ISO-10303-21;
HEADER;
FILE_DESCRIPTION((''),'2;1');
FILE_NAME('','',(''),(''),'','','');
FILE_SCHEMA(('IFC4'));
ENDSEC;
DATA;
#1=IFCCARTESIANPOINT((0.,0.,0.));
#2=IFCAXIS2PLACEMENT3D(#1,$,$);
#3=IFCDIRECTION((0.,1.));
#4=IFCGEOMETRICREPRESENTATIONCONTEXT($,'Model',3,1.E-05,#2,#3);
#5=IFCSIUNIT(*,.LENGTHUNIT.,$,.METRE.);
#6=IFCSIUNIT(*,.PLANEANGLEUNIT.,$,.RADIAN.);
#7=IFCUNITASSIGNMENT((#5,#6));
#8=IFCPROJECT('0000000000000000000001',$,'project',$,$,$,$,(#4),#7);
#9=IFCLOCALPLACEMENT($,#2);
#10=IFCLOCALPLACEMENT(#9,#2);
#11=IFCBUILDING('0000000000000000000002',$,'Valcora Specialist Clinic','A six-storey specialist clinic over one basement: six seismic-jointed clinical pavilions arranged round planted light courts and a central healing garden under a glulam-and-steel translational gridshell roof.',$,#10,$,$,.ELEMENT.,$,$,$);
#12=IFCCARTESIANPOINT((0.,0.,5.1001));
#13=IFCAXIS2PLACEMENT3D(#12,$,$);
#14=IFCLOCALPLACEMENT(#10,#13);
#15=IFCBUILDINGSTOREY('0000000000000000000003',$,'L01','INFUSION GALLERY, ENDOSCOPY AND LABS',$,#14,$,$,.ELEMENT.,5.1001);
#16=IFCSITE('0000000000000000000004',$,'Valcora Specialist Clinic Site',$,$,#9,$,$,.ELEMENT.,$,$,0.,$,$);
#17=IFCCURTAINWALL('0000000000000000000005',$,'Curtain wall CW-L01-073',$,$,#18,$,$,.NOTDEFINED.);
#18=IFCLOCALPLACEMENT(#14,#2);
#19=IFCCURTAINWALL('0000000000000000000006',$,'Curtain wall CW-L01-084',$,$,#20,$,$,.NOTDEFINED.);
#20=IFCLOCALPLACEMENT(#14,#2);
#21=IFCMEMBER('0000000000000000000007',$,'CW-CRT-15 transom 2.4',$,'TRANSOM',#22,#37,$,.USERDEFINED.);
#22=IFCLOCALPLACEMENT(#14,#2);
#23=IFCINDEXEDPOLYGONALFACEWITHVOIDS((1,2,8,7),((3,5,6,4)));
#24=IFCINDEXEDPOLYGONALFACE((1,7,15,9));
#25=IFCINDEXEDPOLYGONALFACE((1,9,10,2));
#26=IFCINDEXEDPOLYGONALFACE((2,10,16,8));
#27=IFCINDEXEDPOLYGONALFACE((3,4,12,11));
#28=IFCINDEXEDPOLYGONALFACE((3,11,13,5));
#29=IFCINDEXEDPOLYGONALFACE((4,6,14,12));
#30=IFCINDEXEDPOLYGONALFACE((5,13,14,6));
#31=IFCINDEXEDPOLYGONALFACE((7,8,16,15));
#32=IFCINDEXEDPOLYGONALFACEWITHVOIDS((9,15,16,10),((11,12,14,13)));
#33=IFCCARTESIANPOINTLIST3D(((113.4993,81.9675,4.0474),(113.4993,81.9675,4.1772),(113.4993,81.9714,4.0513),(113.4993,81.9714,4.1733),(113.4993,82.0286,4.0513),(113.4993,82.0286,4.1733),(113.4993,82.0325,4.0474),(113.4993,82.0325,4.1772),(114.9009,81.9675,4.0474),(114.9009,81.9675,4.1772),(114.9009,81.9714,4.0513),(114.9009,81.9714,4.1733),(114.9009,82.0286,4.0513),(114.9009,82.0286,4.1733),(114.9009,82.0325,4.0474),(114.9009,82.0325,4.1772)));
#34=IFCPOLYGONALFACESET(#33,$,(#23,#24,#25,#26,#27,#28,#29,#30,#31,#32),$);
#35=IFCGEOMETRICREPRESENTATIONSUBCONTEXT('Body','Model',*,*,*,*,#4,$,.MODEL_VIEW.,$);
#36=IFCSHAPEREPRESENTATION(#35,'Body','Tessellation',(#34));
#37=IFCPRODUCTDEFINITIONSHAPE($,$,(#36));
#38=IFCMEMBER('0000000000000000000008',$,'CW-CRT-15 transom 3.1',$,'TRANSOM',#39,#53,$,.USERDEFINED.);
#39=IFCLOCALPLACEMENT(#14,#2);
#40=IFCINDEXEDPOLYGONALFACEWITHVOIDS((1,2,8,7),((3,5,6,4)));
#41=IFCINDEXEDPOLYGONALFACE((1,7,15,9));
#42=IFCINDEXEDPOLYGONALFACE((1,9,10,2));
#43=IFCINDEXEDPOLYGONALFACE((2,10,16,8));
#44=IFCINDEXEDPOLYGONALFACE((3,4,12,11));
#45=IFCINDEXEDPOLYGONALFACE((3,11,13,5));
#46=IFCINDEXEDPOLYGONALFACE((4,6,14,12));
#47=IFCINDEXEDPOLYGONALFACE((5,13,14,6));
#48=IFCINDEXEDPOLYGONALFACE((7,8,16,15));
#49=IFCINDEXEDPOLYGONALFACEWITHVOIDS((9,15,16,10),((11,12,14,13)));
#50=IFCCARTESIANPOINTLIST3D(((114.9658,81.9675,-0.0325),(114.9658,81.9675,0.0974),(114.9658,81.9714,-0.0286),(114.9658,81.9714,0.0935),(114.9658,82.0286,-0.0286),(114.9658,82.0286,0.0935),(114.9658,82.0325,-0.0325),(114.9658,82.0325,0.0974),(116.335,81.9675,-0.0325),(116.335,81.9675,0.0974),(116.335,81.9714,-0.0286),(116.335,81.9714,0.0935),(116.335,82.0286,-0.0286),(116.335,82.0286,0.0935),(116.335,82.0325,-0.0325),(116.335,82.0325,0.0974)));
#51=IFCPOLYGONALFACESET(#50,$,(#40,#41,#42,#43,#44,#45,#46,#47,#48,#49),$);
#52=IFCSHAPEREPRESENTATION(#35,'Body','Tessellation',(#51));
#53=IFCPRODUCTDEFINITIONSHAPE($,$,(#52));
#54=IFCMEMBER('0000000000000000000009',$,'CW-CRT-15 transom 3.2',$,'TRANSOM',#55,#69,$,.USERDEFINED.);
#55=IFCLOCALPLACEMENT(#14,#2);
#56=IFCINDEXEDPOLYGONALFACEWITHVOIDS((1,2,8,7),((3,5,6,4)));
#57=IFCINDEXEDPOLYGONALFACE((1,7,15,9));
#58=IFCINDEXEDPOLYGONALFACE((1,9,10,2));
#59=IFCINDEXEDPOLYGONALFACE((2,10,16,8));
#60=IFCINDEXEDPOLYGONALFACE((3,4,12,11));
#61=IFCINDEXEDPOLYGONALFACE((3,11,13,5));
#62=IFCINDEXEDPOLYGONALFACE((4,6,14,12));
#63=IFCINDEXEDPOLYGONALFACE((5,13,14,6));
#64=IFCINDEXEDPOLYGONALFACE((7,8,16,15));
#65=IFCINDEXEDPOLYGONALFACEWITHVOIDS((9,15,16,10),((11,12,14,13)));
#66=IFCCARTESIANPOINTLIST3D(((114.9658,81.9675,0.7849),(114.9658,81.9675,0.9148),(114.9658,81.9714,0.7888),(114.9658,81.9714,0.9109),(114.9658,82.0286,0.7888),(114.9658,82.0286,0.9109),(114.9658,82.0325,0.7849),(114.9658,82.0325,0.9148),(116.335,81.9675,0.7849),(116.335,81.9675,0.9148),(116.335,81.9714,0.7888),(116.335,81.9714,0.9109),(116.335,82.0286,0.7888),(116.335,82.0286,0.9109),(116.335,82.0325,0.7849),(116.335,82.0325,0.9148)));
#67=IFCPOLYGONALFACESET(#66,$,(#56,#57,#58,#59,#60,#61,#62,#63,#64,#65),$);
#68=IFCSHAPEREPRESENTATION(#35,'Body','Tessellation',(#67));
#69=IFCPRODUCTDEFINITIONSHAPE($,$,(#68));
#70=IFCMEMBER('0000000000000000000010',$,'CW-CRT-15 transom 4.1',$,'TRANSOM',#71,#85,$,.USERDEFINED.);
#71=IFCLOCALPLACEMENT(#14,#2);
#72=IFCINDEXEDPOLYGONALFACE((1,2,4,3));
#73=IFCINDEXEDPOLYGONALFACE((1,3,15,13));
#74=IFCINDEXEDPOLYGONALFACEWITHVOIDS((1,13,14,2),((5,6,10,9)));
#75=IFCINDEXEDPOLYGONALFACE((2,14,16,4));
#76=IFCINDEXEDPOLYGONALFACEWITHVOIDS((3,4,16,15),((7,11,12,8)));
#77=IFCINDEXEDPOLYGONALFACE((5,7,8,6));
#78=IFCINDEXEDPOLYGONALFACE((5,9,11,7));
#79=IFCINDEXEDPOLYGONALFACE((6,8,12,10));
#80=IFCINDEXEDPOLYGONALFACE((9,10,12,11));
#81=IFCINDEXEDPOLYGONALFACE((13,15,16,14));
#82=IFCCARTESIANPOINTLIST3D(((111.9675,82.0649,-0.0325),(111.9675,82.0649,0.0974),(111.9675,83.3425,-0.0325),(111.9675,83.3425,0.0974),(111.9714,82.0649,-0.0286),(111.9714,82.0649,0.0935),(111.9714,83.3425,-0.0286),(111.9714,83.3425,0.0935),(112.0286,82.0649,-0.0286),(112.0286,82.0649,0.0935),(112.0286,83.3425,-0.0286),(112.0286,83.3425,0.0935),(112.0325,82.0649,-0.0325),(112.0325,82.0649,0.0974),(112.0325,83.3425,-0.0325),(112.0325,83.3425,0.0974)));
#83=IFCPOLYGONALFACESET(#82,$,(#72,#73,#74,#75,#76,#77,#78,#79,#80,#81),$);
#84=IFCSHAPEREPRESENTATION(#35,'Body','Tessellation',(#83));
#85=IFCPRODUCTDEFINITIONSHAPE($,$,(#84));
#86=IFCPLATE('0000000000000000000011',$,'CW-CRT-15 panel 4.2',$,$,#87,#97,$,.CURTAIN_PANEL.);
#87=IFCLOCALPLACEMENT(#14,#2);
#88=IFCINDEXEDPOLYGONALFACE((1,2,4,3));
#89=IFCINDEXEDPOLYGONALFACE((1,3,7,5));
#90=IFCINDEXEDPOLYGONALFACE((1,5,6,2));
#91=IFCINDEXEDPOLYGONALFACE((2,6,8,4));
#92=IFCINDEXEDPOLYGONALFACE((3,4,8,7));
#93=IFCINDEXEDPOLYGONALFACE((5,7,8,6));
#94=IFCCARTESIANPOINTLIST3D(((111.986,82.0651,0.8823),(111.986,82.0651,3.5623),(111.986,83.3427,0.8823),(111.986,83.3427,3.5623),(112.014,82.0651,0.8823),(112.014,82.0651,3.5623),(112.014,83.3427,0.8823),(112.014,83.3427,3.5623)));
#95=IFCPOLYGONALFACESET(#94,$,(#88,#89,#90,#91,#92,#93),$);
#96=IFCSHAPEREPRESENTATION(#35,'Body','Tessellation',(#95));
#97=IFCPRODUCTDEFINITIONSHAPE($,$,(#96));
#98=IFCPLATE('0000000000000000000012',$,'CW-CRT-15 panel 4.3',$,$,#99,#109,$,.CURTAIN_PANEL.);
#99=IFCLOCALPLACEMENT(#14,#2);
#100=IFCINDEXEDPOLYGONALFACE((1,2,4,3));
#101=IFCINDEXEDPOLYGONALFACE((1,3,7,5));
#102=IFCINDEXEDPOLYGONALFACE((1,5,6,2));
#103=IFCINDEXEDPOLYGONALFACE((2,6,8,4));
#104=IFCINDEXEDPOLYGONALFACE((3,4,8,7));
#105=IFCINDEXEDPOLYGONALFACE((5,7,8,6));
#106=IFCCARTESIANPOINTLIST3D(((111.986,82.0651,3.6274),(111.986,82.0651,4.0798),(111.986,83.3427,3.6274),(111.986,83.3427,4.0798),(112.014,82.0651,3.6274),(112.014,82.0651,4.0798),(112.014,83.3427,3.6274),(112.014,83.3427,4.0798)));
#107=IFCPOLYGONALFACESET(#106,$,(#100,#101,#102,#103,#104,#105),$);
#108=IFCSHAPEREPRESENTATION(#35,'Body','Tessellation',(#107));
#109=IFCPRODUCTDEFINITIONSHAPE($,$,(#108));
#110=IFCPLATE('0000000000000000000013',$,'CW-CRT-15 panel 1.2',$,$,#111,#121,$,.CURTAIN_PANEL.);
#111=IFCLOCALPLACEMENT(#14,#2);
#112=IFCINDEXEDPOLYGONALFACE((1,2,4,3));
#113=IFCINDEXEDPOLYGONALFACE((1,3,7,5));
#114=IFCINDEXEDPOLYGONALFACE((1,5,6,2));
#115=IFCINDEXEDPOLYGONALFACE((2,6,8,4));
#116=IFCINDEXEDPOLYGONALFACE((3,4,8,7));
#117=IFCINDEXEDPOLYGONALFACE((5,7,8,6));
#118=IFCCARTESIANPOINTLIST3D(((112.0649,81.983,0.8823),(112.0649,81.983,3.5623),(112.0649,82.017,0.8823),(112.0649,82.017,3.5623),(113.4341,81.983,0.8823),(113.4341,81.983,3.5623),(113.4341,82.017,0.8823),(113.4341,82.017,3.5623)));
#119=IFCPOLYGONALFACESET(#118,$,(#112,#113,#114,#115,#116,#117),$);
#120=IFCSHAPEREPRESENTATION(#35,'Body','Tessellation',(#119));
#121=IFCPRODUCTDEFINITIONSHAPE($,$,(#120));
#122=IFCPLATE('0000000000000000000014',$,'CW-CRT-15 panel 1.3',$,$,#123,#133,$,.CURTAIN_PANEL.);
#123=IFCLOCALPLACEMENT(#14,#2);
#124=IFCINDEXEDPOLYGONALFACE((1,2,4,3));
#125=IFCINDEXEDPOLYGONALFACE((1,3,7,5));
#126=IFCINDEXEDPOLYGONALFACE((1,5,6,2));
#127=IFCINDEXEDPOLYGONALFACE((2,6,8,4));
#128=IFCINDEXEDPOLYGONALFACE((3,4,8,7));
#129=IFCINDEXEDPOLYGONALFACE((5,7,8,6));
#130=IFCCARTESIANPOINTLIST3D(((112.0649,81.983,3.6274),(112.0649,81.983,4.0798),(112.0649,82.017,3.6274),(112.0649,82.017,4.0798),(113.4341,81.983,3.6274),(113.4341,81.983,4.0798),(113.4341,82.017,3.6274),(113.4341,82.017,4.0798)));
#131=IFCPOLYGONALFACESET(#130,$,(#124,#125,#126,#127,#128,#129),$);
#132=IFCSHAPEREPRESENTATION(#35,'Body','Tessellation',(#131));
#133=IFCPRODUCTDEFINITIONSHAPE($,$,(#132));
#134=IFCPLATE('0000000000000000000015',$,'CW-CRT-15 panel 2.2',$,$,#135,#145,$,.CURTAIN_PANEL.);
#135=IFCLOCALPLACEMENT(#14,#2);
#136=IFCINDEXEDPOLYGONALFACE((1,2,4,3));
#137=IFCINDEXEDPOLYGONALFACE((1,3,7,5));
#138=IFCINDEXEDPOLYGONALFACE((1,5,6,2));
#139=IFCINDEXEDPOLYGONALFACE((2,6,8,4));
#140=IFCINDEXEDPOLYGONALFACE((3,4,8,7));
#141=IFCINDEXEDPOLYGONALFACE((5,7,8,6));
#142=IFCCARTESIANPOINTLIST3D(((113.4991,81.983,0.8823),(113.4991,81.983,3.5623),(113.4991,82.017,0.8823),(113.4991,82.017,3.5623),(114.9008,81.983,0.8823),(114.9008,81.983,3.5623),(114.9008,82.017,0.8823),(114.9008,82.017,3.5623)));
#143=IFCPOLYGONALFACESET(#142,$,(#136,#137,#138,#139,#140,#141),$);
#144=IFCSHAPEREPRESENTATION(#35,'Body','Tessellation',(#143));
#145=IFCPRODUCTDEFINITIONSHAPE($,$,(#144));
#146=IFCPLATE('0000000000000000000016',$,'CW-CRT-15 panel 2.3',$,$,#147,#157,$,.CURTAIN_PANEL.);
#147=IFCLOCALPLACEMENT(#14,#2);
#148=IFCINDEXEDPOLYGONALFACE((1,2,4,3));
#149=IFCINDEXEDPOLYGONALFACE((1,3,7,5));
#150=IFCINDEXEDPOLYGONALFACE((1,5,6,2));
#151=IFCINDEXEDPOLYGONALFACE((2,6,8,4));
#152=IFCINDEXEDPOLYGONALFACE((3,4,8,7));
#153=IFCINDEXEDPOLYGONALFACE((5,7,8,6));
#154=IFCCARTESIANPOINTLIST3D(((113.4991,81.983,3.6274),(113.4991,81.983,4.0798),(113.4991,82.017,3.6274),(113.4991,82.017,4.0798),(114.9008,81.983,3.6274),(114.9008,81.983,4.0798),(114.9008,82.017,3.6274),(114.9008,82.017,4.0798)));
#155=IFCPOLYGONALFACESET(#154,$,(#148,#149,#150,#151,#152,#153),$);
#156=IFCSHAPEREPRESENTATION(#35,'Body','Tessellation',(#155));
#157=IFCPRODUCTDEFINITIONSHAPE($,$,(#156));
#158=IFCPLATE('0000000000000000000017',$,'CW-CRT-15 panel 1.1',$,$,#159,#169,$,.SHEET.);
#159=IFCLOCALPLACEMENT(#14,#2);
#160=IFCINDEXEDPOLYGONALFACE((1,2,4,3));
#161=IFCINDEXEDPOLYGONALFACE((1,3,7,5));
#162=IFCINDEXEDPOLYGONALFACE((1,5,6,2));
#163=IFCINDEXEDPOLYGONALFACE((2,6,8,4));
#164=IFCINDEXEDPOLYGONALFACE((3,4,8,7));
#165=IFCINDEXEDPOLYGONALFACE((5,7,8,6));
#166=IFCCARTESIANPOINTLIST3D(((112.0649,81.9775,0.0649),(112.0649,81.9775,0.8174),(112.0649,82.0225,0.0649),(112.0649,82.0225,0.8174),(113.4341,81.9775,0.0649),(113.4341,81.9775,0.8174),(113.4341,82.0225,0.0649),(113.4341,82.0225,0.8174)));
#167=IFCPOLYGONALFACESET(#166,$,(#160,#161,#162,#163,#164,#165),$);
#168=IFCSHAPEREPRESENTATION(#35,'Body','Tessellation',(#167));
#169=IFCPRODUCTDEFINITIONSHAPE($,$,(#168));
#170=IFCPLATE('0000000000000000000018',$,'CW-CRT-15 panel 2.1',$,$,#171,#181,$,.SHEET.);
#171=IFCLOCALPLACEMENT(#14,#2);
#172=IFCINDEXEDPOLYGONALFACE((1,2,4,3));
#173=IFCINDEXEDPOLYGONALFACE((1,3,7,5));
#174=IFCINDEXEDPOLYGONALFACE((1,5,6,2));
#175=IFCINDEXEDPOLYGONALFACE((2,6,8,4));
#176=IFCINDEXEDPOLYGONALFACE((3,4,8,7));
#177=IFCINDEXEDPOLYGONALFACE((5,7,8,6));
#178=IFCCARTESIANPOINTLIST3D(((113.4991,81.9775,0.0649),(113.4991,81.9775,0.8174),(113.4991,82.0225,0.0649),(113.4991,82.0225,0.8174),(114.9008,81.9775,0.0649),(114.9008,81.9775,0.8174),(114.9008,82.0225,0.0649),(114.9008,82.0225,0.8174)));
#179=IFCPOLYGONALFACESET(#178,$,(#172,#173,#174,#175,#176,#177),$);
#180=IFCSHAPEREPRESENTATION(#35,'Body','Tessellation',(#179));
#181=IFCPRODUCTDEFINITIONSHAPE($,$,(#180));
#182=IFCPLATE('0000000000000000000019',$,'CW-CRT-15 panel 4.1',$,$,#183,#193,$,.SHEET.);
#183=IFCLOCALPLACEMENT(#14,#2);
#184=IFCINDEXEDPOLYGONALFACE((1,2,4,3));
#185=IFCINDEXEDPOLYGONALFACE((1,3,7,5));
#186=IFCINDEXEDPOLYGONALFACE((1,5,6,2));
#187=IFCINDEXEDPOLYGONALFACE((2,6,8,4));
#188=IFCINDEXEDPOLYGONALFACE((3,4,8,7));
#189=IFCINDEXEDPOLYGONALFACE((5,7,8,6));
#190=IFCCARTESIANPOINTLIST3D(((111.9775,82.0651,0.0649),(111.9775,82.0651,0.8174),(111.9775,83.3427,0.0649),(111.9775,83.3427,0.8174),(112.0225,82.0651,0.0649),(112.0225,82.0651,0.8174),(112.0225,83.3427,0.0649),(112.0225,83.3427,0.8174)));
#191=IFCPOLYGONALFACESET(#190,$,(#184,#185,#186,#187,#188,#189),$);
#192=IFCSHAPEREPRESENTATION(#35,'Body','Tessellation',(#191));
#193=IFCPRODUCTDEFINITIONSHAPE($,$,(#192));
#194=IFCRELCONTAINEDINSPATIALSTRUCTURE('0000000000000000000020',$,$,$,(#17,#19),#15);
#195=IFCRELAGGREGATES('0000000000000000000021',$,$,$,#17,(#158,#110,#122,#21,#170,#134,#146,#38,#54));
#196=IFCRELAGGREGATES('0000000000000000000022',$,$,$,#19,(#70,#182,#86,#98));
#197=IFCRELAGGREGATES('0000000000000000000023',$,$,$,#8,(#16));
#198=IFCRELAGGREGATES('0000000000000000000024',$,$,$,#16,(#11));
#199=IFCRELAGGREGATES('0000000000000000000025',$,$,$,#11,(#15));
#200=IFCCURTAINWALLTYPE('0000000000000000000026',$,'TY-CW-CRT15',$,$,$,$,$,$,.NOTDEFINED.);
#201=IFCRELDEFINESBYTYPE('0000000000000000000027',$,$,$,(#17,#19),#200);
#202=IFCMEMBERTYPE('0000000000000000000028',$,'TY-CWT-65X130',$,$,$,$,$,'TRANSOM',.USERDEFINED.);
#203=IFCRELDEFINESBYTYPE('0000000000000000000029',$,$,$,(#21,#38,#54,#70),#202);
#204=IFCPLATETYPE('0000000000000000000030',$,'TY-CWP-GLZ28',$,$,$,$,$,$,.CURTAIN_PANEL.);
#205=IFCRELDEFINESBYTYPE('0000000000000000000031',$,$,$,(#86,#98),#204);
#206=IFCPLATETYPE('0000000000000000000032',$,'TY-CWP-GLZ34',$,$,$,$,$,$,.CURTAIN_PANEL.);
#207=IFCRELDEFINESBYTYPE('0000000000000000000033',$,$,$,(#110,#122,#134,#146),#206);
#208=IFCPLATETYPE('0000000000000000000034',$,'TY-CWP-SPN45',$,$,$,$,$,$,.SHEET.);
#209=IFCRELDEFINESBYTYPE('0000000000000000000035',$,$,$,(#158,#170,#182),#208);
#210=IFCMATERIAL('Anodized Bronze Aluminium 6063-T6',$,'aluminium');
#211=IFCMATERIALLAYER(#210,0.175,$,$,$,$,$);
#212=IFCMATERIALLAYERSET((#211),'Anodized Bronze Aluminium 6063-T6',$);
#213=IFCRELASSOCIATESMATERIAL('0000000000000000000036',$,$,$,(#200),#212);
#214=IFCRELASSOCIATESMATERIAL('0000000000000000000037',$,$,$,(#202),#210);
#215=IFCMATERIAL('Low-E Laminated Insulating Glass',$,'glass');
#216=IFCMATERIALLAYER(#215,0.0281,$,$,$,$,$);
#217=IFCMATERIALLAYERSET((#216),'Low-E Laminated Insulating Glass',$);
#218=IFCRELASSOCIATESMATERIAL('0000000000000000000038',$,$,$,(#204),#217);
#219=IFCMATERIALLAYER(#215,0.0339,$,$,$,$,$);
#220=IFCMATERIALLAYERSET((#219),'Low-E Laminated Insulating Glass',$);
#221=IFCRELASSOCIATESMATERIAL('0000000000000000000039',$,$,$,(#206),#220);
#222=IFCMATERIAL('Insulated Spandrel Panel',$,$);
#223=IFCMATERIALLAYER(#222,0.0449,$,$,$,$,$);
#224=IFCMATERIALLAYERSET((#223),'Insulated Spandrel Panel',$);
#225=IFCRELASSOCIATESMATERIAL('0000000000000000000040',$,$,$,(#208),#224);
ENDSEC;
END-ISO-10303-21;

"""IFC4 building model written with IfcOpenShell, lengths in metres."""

from ifc_helpers import new_model, si_unit, direction, frame, origin, origin_2d, place, context, subcontext, project, spatial, rectangle, hollow_rectangle, extrude, material, layer, layer_set, material_profile, profile_set, type_object, element, aggregate, save


model = new_model("IFC4")

# Units and contexts
model_context = context("Model", 3, precision=1e-05, world=origin(), true_north=direction((0.0, 1.0)))
body_context = subcontext(model_context, "Body", "Model", "MODEL_VIEW")
ifc_project = project(units=[si_unit("LENGTHUNIT", "METRE"), si_unit("PLANEANGLEUNIT", "RADIAN")], contexts=[model_context])

# Site, building, storey
site_placement = place(None, origin())
site = spatial("IfcSite", under=ifc_project, at=site_placement, Name="Valcora Specialist Clinic Site", CompositionType="ELEMENT", RefElevation=0.0)
building_placement = place(site_placement, origin())
building = spatial("IfcBuilding", under=site, at=building_placement, Name="Valcora Specialist Clinic", Description="A six-storey specialist clinic over one basement: six seismic-jointed clinical pavilions arranged round planted light courts and a central healing garden under a glulam-and-steel translational gridshell roof.", CompositionType="ELEMENT")
storey_placement = place(building_placement, frame((0.0, 0.0, 5.1001)))
storey = spatial("IfcBuildingStorey", under=building, at=storey_placement, Name="L01", Description="INFUSION GALLERY, ENDOSCOPY AND LABS", CompositionType="ELEMENT", Elevation=5.1001)

# Curtain wall
ifc_material_1 = material(Name="Anodized Bronze Aluminium 6063-T6", Category="aluminium")
ifc_layer_1 = layer(ifc_material_1, 0.175)
ifc_layer_set_1 = layer_set([ifc_layer_1], Name="Anodized Bronze Aluminium 6063-T6")
curtain_wall_type = type_object("IfcCurtainWallType", Name="TY-CW-CRT15", PredefinedType="NOTDEFINED", material=ifc_layer_set_1)
curtain_wall_1_placement = place(storey_placement, origin())
curtain_wall_1 = element("IfcCurtainWall", 1, at=curtain_wall_1_placement, inside=storey, type_object=curtain_wall_type, Name="Curtain wall CW-L01-073", PredefinedType="NOTDEFINED")

# Curtain wall
curtain_wall_2_placement = place(storey_placement, origin())
curtain_wall_2 = element("IfcCurtainWall", 2, at=curtain_wall_2_placement, inside=storey, type_object=curtain_wall_type, Name="Curtain wall CW-L01-084", PredefinedType="NOTDEFINED")

# Members
ifc_material_profile_1 = material_profile(ifc_material_1, hollow_rectangle(XDim=0.0649, YDim=0.1299, WallThickness=0.0039, at=origin_2d()), Name="AL-TRN-65X130")
ifc_profile_set_1 = profile_set([ifc_material_profile_1], Name="Anodized Bronze Aluminium 6063-T6")
member_type_1 = type_object("IfcMemberType", Name="TY-CWT-65X130", ElementType="TRANSOM", PredefinedType="USERDEFINED", material=ifc_profile_set_1)
member_1_placement = place(storey_placement, frame((113.4993, 82.0, 4.1123), z_axis=(1.0, 0.0, 0.0), x_axis=(0.0, 1.0, 0.0)))
member_1 = element("IfcMember", 3, at=member_1_placement, type_object=member_type_1, Name="CW-CRT-15 transom 2.4", ObjectType="TRANSOM", PredefinedType="USERDEFINED", context=body_context, shape_type="SweptSolid", body=[
    extrude(hollow_rectangle(XDim=0.0649, YDim=0.1299, WallThickness=0.0039, at=origin_2d()), origin(), (0.0, 0.0, 1.0), 1.4016),
])
member_2_placement = place(storey_placement, frame((114.9658, 82.0, 0.0325), z_axis=(1.0, 0.0, 0.0), x_axis=(0.0, 1.0, 0.0)))
member_2 = element("IfcMember", 4, at=member_2_placement, type_object=member_type_1, Name="CW-CRT-15 transom 3.1", ObjectType="TRANSOM", PredefinedType="USERDEFINED", context=body_context, shape_type="SweptSolid", body=[
    extrude(hollow_rectangle(XDim=0.0649, YDim=0.1299, WallThickness=0.0039, at=origin_2d()), origin(), (0.0, 0.0, 1.0), 1.3691),
])
member_3_placement = place(storey_placement, frame((114.9658, 82.0, 0.8499), z_axis=(1.0, 0.0, 0.0), x_axis=(0.0, 1.0, 0.0)))
member_3 = element("IfcMember", 5, at=member_3_placement, type_object=member_type_1, Name="CW-CRT-15 transom 3.2", ObjectType="TRANSOM", PredefinedType="USERDEFINED", context=body_context, shape_type="SweptSolid", body=[
    extrude(hollow_rectangle(XDim=0.0649, YDim=0.1299, WallThickness=0.0039, at=origin_2d()), origin(), (0.0, 0.0, 1.0), 1.3691),
])
member_4_placement = place(storey_placement, frame((112.0, 83.3425, 0.0325), z_axis=(0.0, -1.0, 0.0), x_axis=(1.0, 0.0, 0.0)))
member_4 = element("IfcMember", 6, at=member_4_placement, type_object=member_type_1, Name="CW-CRT-15 transom 4.1", ObjectType="TRANSOM", PredefinedType="USERDEFINED", context=body_context, shape_type="SweptSolid", body=[
    extrude(hollow_rectangle(XDim=0.0649, YDim=0.1299, WallThickness=0.0039, at=origin_2d()), origin(), (0.0, 0.0, 1.0), 1.2776),
])

# Plates
ifc_material_2 = material(Name="Low-E Laminated Insulating Glass", Category="glass")
ifc_layer_2 = layer(ifc_material_2, 0.0281)
ifc_layer_set_2 = layer_set([ifc_layer_2], Name="Low-E Laminated Insulating Glass")
plate_type_1 = type_object("IfcPlateType", Name="TY-CWP-GLZ28", PredefinedType="CURTAIN_PANEL", material=ifc_layer_set_2)
plate_1_placement = place(storey_placement, frame((112.0, 82.7039, 0.8823), z_axis=(0.0, 0.0, 1.0), x_axis=(0.0, -1.0, 0.0)))
plate_1 = element("IfcPlate", 7, at=plate_1_placement, type_object=plate_type_1, Name="CW-CRT-15 panel 4.2", PredefinedType="CURTAIN_PANEL", context=body_context, shape_type="SweptSolid", body=[
    extrude(rectangle(XDim=1.2776, YDim=0.0281, at=origin_2d()), origin(), (0.0, 0.0, 1.0), 2.6799),
])
plate_2_placement = place(storey_placement, frame((112.0, 82.7039, 3.6274), z_axis=(0.0, 0.0, 1.0), x_axis=(0.0, -1.0, 0.0)))
plate_2 = element("IfcPlate", 8, at=plate_2_placement, type_object=plate_type_1, Name="CW-CRT-15 panel 4.3", PredefinedType="CURTAIN_PANEL", context=body_context, shape_type="SweptSolid", body=[
    extrude(rectangle(XDim=1.2776, YDim=0.0281, at=origin_2d()), origin(), (0.0, 0.0, 1.0), 0.4524),
])
ifc_layer_3 = layer(ifc_material_2, 0.0339)
ifc_layer_set_3 = layer_set([ifc_layer_3], Name="Low-E Laminated Insulating Glass")
plate_type_2 = type_object("IfcPlateType", Name="TY-CWP-GLZ34", PredefinedType="CURTAIN_PANEL", material=ifc_layer_set_3)
plate_3_placement = place(storey_placement, frame((112.7495, 82.0, 0.8823), z_axis=(0.0, 0.0, 1.0), x_axis=(1.0, 0.0, 0.0)))
plate_3 = element("IfcPlate", 9, at=plate_3_placement, type_object=plate_type_2, Name="CW-CRT-15 panel 1.2", PredefinedType="CURTAIN_PANEL", context=body_context, shape_type="SweptSolid", body=[
    extrude(rectangle(XDim=1.3691, YDim=0.0339, at=origin_2d()), origin(), (0.0, 0.0, 1.0), 2.6799),
])
plate_4_placement = place(storey_placement, frame((112.7495, 82.0, 3.6274), z_axis=(0.0, 0.0, 1.0), x_axis=(1.0, 0.0, 0.0)))
plate_4 = element("IfcPlate", 10, at=plate_4_placement, type_object=plate_type_2, Name="CW-CRT-15 panel 1.3", PredefinedType="CURTAIN_PANEL", context=body_context, shape_type="SweptSolid", body=[
    extrude(rectangle(XDim=1.3691, YDim=0.0339, at=origin_2d()), origin(), (0.0, 0.0, 1.0), 0.4524),
])
plate_5_placement = place(storey_placement, frame((114.2, 82.0, 0.8823), z_axis=(0.0, 0.0, 1.0), x_axis=(1.0, 0.0, 0.0)))
plate_5 = element("IfcPlate", 11, at=plate_5_placement, type_object=plate_type_2, Name="CW-CRT-15 panel 2.2", PredefinedType="CURTAIN_PANEL", context=body_context, shape_type="SweptSolid", body=[
    extrude(rectangle(XDim=1.4016, YDim=0.0339, at=origin_2d()), origin(), (0.0, 0.0, 1.0), 2.6799),
])
plate_6_placement = place(storey_placement, frame((114.2, 82.0, 3.6274), z_axis=(0.0, 0.0, 1.0), x_axis=(1.0, 0.0, 0.0)))
plate_6 = element("IfcPlate", 12, at=plate_6_placement, type_object=plate_type_2, Name="CW-CRT-15 panel 2.3", PredefinedType="CURTAIN_PANEL", context=body_context, shape_type="SweptSolid", body=[
    extrude(rectangle(XDim=1.4016, YDim=0.0339, at=origin_2d()), origin(), (0.0, 0.0, 1.0), 0.4524),
])
ifc_material_3 = material(Name="Insulated Spandrel Panel")
ifc_layer_4 = layer(ifc_material_3, 0.0449)
ifc_layer_set_4 = layer_set([ifc_layer_4], Name="Insulated Spandrel Panel")
plate_type_3 = type_object("IfcPlateType", Name="TY-CWP-SPN45", PredefinedType="SHEET", material=ifc_layer_set_4)
plate_7_placement = place(storey_placement, frame((112.7495, 82.0, 0.0649), z_axis=(0.0, 0.0, 1.0), x_axis=(1.0, 0.0, 0.0)))
plate_7 = element("IfcPlate", 13, at=plate_7_placement, type_object=plate_type_3, Name="CW-CRT-15 panel 1.1", PredefinedType="SHEET", context=body_context, shape_type="SweptSolid", body=[
    extrude(rectangle(XDim=1.3691, YDim=0.0449, at=origin_2d()), origin(), (0.0, 0.0, 1.0), 0.7524),
])
plate_8_placement = place(storey_placement, frame((114.2, 82.0, 0.0649), z_axis=(0.0, 0.0, 1.0), x_axis=(1.0, 0.0, 0.0)))
plate_8 = element("IfcPlate", 14, at=plate_8_placement, type_object=plate_type_3, Name="CW-CRT-15 panel 2.1", PredefinedType="SHEET", context=body_context, shape_type="SweptSolid", body=[
    extrude(rectangle(XDim=1.4016, YDim=0.0449, at=origin_2d()), origin(), (0.0, 0.0, 1.0), 0.7524),
])
aggregate(curtain_wall_1, [plate_7, plate_3, plate_4, member_1, plate_8, plate_5, plate_6, member_2, member_3])
plate_9_placement = place(storey_placement, frame((112.0, 82.7039, 0.0649), z_axis=(0.0, 0.0, 1.0), x_axis=(0.0, -1.0, 0.0)))
plate_9 = element("IfcPlate", 15, at=plate_9_placement, type_object=plate_type_3, Name="CW-CRT-15 panel 4.1", PredefinedType="SHEET", context=body_context, shape_type="SweptSolid", body=[
    extrude(rectangle(XDim=1.2776, YDim=0.0449, at=origin_2d()), origin(), (0.0, 0.0, 1.0), 0.7524),
])
aggregate(curtain_wall_2, [member_4, plate_9, plate_1, plate_2])

save(model, "model.ifc")
